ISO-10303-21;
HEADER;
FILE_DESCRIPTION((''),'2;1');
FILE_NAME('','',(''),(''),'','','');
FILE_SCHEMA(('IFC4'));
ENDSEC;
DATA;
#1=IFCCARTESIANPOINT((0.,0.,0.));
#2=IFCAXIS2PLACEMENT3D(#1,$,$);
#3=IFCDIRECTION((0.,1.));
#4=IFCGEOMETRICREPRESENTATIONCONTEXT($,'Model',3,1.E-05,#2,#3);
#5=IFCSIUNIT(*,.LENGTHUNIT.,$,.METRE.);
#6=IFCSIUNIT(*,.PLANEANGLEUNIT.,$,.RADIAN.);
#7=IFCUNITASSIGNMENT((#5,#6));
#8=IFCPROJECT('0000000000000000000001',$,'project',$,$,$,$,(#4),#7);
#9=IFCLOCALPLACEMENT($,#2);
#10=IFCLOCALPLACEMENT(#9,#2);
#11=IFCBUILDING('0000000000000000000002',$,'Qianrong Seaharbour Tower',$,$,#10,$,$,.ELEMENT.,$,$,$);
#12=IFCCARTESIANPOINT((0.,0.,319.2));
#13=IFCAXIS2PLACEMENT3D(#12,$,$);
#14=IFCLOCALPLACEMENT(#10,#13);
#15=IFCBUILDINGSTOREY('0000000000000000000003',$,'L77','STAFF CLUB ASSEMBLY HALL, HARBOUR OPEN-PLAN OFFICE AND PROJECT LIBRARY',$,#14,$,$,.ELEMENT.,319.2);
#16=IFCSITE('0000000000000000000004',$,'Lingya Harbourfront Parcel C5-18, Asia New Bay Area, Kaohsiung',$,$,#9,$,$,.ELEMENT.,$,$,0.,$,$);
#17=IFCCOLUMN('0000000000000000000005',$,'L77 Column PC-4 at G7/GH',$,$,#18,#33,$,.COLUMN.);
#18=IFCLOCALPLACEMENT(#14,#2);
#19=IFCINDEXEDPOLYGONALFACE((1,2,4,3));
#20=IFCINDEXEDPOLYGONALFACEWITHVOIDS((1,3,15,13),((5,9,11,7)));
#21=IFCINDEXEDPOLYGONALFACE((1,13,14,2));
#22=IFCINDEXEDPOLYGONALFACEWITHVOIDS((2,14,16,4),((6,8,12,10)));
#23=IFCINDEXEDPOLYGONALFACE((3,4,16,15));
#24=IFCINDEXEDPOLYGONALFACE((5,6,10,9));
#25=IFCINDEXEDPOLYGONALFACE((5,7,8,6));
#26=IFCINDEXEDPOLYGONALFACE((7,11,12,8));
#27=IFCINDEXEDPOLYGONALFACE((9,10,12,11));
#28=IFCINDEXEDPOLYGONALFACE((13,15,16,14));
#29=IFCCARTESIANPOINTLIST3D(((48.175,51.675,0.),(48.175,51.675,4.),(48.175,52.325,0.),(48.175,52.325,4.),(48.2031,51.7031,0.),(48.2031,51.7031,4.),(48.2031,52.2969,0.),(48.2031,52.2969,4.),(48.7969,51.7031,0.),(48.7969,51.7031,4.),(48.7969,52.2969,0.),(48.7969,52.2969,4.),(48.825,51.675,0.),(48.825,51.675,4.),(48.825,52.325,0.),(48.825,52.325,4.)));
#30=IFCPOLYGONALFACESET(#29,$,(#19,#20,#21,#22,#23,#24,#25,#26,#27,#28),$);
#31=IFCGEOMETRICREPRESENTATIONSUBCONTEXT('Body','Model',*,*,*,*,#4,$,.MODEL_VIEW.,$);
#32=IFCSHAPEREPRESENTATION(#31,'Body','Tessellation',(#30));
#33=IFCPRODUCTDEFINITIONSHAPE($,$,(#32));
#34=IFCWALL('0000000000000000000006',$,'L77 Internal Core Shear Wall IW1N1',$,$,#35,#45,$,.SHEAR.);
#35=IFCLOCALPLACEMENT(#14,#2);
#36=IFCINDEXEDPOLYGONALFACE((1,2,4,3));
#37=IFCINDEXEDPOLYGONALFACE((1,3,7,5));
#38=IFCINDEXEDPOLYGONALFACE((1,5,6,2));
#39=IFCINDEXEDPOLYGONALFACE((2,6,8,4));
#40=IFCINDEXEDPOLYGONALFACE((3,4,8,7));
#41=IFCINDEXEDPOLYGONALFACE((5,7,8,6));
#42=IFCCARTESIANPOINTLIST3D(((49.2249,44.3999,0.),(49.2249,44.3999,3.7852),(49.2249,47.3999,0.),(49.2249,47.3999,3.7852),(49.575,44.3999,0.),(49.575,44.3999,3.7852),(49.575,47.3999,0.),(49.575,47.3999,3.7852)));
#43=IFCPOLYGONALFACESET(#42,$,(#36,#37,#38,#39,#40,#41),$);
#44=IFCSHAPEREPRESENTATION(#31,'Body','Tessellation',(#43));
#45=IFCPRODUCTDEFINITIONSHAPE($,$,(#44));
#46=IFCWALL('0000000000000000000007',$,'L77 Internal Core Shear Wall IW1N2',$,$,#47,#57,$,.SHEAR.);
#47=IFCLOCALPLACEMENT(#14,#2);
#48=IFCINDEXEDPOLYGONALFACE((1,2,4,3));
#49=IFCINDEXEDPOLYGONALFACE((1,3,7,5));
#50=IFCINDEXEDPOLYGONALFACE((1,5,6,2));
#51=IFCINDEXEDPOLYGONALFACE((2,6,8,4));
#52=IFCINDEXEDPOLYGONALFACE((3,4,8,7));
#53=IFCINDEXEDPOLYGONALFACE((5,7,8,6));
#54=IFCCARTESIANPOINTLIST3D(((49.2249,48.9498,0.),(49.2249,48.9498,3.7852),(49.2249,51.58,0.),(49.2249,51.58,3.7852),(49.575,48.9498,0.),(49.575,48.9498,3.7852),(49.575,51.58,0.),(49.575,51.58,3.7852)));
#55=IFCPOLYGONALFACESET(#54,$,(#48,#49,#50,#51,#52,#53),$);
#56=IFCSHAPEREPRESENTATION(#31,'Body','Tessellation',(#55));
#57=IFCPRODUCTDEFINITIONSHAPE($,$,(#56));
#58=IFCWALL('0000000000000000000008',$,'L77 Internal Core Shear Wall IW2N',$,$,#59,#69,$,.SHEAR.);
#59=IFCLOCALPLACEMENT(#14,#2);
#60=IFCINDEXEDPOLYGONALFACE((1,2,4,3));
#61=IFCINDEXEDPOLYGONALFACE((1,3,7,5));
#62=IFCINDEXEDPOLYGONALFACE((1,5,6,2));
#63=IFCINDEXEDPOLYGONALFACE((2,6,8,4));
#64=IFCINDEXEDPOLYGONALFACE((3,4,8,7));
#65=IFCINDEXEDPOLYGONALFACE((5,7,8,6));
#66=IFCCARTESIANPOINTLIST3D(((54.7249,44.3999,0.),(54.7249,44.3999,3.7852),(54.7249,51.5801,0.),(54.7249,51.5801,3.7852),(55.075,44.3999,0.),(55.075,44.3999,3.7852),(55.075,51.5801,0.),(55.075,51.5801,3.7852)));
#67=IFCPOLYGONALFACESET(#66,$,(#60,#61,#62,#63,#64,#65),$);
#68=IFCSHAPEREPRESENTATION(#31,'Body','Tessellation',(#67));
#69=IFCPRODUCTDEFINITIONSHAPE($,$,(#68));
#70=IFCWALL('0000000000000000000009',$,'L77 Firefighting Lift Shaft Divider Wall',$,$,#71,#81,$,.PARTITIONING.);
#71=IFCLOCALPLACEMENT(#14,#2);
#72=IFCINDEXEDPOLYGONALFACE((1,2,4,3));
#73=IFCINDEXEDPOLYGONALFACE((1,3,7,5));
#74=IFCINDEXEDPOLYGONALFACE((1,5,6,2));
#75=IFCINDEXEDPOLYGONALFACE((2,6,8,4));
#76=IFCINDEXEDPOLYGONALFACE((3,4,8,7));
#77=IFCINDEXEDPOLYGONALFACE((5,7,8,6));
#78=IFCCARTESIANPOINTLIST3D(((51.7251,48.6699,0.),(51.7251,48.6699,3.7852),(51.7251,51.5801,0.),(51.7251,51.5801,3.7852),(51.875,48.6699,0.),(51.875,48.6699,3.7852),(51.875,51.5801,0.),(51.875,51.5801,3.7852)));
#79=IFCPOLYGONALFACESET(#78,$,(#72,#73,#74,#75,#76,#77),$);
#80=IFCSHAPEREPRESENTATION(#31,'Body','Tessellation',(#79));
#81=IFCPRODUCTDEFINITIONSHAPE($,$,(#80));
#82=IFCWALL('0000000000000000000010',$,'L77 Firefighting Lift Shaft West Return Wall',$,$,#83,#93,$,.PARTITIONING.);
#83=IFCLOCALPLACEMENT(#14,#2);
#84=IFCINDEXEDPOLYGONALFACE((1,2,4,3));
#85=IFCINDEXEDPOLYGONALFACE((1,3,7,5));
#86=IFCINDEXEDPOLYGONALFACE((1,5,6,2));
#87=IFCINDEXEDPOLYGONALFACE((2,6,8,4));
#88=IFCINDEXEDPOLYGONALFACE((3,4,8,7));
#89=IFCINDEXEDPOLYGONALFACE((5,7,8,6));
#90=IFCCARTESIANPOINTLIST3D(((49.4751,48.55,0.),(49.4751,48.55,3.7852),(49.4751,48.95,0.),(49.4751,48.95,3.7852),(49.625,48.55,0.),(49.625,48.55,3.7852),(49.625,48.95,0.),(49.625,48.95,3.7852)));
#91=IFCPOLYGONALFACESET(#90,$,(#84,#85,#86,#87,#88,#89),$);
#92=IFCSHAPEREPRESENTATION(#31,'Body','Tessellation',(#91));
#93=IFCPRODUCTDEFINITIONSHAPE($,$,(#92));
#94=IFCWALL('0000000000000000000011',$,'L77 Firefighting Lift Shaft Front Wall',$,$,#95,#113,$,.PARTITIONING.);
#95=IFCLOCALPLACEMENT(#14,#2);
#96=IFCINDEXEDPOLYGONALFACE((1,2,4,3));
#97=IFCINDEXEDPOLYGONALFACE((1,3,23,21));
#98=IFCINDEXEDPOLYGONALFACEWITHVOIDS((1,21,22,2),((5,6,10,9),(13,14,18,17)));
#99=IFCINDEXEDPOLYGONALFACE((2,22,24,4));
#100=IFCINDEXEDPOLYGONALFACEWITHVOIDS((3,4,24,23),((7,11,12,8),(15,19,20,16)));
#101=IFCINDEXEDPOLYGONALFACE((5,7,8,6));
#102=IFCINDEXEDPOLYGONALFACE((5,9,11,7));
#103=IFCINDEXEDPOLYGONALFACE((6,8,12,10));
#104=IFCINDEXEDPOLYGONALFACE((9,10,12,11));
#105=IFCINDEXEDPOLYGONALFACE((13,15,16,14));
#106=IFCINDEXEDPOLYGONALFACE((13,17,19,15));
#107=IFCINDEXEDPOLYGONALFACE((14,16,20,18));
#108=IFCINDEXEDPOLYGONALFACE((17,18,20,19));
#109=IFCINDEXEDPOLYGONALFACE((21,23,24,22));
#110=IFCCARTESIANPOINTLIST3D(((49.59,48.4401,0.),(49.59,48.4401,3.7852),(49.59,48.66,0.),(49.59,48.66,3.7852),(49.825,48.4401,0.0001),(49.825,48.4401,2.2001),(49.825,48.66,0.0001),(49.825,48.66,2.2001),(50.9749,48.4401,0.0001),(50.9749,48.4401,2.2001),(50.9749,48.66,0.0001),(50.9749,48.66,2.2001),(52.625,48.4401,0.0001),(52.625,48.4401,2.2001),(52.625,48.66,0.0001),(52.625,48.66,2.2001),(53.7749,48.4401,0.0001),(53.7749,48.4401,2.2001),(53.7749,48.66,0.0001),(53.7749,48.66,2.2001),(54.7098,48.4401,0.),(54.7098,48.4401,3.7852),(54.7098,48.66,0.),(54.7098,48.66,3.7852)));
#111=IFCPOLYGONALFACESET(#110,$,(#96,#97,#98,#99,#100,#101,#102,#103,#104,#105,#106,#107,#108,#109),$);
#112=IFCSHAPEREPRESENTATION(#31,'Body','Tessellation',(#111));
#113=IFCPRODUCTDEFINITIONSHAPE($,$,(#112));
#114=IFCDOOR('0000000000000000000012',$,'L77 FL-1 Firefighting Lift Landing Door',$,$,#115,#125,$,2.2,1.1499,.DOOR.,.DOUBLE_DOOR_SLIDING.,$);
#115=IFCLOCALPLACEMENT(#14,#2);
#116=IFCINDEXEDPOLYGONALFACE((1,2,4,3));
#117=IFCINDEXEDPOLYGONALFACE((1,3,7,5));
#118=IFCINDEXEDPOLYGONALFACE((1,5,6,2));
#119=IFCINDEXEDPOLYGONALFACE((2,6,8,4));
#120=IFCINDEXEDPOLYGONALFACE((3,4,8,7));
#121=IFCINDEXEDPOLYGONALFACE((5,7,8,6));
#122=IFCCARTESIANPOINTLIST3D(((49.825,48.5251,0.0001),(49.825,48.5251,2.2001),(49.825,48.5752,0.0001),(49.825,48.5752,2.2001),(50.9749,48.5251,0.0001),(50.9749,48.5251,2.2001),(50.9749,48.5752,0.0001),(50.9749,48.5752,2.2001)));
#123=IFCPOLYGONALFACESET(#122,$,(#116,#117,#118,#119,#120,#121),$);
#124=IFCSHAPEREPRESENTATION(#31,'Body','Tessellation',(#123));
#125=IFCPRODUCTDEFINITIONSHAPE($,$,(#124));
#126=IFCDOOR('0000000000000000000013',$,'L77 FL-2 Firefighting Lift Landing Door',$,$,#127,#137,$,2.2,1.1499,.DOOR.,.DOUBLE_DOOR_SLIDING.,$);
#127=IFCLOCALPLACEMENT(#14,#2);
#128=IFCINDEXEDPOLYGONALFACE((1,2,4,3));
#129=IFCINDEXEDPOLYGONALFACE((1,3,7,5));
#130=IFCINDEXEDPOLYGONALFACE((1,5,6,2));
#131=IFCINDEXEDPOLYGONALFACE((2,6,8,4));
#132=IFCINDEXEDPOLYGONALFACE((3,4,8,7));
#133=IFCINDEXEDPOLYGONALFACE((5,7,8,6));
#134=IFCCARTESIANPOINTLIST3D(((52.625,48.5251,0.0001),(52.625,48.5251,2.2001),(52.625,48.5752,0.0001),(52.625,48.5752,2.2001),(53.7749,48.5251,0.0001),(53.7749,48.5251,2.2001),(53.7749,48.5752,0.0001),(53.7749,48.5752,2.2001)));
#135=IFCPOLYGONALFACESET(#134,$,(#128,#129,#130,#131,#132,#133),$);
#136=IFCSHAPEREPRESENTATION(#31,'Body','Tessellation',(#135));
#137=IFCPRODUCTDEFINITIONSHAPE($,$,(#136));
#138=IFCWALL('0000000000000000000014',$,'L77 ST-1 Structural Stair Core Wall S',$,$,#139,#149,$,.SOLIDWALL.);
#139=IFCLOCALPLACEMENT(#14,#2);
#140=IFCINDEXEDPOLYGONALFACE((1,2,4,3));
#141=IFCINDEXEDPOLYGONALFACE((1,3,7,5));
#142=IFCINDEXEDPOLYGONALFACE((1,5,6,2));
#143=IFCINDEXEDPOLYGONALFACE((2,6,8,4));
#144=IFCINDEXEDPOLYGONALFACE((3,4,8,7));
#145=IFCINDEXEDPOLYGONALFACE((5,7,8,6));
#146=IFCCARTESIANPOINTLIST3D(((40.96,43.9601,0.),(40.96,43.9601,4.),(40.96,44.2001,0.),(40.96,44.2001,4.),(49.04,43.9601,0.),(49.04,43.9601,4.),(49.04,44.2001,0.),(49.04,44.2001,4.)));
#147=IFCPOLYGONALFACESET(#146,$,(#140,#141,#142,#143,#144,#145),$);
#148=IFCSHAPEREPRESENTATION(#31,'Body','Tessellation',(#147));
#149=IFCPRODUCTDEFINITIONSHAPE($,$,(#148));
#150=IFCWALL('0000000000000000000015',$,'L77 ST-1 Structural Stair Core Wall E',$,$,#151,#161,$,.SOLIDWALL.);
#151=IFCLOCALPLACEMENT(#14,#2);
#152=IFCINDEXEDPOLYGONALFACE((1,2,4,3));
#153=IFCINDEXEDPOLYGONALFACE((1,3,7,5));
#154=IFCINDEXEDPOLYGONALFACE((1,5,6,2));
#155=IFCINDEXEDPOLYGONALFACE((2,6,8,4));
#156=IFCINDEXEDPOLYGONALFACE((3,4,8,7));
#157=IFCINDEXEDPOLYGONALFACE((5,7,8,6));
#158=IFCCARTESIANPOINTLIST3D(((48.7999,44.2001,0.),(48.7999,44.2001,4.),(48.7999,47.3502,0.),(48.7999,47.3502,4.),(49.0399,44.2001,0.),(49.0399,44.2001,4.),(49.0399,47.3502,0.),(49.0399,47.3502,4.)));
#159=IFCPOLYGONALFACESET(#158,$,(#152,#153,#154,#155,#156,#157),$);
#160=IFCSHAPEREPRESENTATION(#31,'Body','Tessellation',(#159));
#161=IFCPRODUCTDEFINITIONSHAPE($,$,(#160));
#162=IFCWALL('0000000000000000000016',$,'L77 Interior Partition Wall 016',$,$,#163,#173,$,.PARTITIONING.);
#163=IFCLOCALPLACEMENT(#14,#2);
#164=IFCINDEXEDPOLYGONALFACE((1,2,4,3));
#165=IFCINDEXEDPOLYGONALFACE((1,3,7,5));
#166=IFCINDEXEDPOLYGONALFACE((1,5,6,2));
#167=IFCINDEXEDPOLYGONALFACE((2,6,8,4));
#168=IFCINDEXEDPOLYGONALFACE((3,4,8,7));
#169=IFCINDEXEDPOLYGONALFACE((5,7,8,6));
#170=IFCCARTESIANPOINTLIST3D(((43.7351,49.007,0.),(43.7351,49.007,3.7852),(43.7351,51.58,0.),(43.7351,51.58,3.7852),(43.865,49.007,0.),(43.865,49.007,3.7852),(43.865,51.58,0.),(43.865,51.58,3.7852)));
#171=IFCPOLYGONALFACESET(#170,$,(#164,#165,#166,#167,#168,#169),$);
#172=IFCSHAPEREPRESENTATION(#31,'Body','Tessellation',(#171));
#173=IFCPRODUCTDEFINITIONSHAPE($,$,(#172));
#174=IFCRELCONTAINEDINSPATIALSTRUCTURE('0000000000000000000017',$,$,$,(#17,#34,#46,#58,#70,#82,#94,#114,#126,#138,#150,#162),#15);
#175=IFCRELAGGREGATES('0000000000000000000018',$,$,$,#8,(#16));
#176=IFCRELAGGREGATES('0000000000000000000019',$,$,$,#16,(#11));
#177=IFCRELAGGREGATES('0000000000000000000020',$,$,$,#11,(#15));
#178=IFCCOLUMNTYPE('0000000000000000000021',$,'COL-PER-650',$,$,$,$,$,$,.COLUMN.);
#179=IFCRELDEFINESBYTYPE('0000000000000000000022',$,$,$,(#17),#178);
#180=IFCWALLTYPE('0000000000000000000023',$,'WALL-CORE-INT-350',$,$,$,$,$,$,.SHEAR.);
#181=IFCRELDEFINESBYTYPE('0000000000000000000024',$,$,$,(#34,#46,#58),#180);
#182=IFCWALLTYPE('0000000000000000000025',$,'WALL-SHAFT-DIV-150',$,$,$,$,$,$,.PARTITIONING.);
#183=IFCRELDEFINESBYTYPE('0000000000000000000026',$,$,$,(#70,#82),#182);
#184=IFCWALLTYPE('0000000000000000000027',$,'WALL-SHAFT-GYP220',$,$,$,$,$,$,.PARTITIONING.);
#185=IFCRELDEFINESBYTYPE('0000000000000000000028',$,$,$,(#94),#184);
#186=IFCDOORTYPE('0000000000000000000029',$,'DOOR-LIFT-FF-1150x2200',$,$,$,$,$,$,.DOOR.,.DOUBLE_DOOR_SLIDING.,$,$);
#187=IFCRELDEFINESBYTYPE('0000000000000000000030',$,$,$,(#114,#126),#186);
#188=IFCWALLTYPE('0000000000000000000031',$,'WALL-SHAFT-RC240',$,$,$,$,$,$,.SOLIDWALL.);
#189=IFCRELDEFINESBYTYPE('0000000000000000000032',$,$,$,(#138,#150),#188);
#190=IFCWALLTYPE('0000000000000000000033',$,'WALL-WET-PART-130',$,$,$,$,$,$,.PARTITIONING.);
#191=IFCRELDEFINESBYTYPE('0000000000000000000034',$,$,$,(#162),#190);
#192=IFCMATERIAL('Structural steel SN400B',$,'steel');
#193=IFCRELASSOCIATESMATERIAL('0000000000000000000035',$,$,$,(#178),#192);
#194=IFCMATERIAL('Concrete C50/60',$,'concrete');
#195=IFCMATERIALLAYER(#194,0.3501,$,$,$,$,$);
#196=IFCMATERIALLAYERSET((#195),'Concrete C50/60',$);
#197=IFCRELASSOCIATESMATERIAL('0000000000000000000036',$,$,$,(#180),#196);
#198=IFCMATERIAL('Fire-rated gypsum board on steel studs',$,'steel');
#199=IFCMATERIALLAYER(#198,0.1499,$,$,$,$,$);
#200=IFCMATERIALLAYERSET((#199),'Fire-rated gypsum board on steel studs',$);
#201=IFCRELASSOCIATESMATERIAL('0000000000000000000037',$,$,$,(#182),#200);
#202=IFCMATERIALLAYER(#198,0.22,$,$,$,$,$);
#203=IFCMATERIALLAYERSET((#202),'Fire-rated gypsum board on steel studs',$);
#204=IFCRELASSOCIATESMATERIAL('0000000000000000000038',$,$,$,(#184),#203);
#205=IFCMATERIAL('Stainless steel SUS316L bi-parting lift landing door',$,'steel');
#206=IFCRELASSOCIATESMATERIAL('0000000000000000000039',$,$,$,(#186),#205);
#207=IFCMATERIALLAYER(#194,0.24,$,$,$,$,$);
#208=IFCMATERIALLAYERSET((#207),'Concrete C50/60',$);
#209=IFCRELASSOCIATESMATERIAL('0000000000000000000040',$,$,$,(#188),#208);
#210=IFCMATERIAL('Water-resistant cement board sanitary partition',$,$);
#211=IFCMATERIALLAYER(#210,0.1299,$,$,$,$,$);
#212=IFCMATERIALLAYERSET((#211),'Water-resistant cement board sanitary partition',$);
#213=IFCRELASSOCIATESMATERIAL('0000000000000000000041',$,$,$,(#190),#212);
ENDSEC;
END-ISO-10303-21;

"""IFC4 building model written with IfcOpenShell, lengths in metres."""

from ifc_helpers import new_model, si_unit, direction, frame, frame_2d, origin, origin_2d, place, context, subcontext, project, spatial, rectangle, hollow_rectangle, extrude, material, layer, layer_set, material_profile, profile_set, type_object, element, fill, save


model = new_model("IFC4")

# Units and contexts
model_context = context("Model", 3, precision=1e-05, world=origin(), true_north=direction((0.0, 1.0)))
body_context = subcontext(model_context, "Body", "Model", "MODEL_VIEW")
ifc_project = project(units=[si_unit("LENGTHUNIT", "METRE"), si_unit("PLANEANGLEUNIT", "RADIAN")], contexts=[model_context])

# Site, building, storey
site_placement = place(None, origin())
site = spatial("IfcSite", under=ifc_project, at=site_placement, Name="Lingya Harbourfront Parcel C5-18, Asia New Bay Area, Kaohsiung", CompositionType="ELEMENT", RefElevation=0.0)
building_placement = place(site_placement, origin())
building = spatial("IfcBuilding", under=site, at=building_placement, Name="Qianrong Seaharbour Tower", CompositionType="ELEMENT")
storey_placement = place(building_placement, frame((0.0, 0.0, 319.2)))
storey = spatial("IfcBuildingStorey", under=building, at=storey_placement, Name="L77", Description="STAFF CLUB ASSEMBLY HALL, HARBOUR OPEN-PLAN OFFICE AND PROJECT LIBRARY", CompositionType="ELEMENT", Elevation=319.2)

# Column
ifc_material_1 = material(Name="Structural steel SN400B", Category="steel")
ifc_material_profile = material_profile(ifc_material_1, hollow_rectangle(XDim=0.6499, YDim=0.6499, WallThickness=0.0281, at=origin_2d()), Name="BOX650x650x28")
ifc_profile_set = profile_set([ifc_material_profile], Name="Structural steel SN400B")
column_type = type_object("IfcColumnType", Name="COL-PER-650", PredefinedType="COLUMN", material=ifc_profile_set)
column_placement = place(storey_placement, frame((48.5, 52.0, 0.0), z_axis=(0.0, 0.0, 1.0), x_axis=(1.0, 0.0, 0.0)))
element("IfcColumn", 1, at=column_placement, inside=storey, type_object=column_type, Name="L77 Column PC-4 at G7/GH", PredefinedType="COLUMN", context=body_context, shape_type="SweptSolid", body=[
    extrude(hollow_rectangle(XDim=0.6499, YDim=0.6499, WallThickness=0.0281, at=origin_2d()), origin(), (0.0, 0.0, 1.0), 4.0),
])

# Walls
ifc_material_2 = material(Name="Concrete C50/60", Category="concrete")
ifc_layer_1 = layer(ifc_material_2, 0.3501)
ifc_layer_set_1 = layer_set([ifc_layer_1], Name="Concrete C50/60")
wall_type_1 = type_object("IfcWallType", Name="WALL-CORE-INT-350", PredefinedType="SHEAR", material=ifc_layer_set_1)
wall_1_placement = place(storey_placement, frame((49.3999, 44.3999, 0.0), z_axis=(0.0, 0.0, 1.0), x_axis=(0.0, 1.0, 0.0)))
element("IfcWall", 2, at=wall_1_placement, inside=storey, type_object=wall_type_1, Name="L77 Internal Core Shear Wall IW1N1", PredefinedType="SHEAR", context=body_context, shape_type="SweptSolid", body=[
    extrude(rectangle(XDim=3.0, YDim=0.3501, at=frame_2d((1.5, 0.0))), origin(), (0.0, 0.0, 1.0), 3.7852),
])
wall_2_placement = place(storey_placement, frame((49.3999, 48.95, 0.0), z_axis=(0.0, 0.0, 1.0), x_axis=(0.0, 1.0, 0.0)))
element("IfcWall", 3, at=wall_2_placement, inside=storey, type_object=wall_type_1, Name="L77 Internal Core Shear Wall IW1N2", PredefinedType="SHEAR", context=body_context, shape_type="SweptSolid", body=[
    extrude(rectangle(XDim=2.6301, YDim=0.3501, at=frame_2d((1.3149, 0.0))), origin(), (0.0, 0.0, 1.0), 3.7852),
])
wall_3_placement = place(storey_placement, frame((54.8999, 44.3999, 0.0), z_axis=(0.0, 0.0, 1.0), x_axis=(0.0, 1.0, 0.0)))
element("IfcWall", 4, at=wall_3_placement, inside=storey, type_object=wall_type_1, Name="L77 Internal Core Shear Wall IW2N", PredefinedType="SHEAR", context=body_context, shape_type="SweptSolid", body=[
    extrude(rectangle(XDim=7.1802, YDim=0.3501, at=frame_2d((3.5901, 0.0))), origin(), (0.0, 0.0, 1.0), 3.7852),
])

# Walls
ifc_material_3 = material(Name="Fire-rated gypsum board on steel studs", Category="steel")
ifc_layer_2 = layer(ifc_material_3, 0.1499)
ifc_layer_set_2 = layer_set([ifc_layer_2], Name="Fire-rated gypsum board on steel studs")
wall_type_2 = type_object("IfcWallType", Name="WALL-SHAFT-DIV-150", PredefinedType="PARTITIONING", material=ifc_layer_set_2)
wall_4_placement = place(storey_placement, frame((51.8, 48.6699, 0.0), z_axis=(0.0, 0.0, 1.0), x_axis=(0.0, 1.0, 0.0)))
element("IfcWall", 5, at=wall_4_placement, inside=storey, type_object=wall_type_2, Name="L77 Firefighting Lift Shaft Divider Wall", PredefinedType="PARTITIONING", context=body_context, shape_type="SweptSolid", body=[
    extrude(rectangle(XDim=2.9102, YDim=0.1499, at=frame_2d((1.4551, 0.0))), origin(), (0.0, 0.0, 1.0), 3.7852),
])
wall_5_placement = place(storey_placement, frame((49.55, 48.55, 0.0), z_axis=(0.0, 0.0, 1.0), x_axis=(0.0, 1.0, 0.0)))
element("IfcWall", 6, at=wall_5_placement, inside=storey, type_object=wall_type_2, Name="L77 Firefighting Lift Shaft West Return Wall", PredefinedType="PARTITIONING", context=body_context, shape_type="SweptSolid", body=[
    extrude(rectangle(XDim=0.3999, YDim=0.1499, at=frame_2d((0.2, 0.0))), origin(), (0.0, 0.0, 1.0), 3.7852),
])

# Wall, openings, doors
ifc_layer_3 = layer(ifc_material_3, 0.22)
ifc_layer_set_3 = layer_set([ifc_layer_3], Name="Fire-rated gypsum board on steel studs")
wall_type_3 = type_object("IfcWallType", Name="WALL-SHAFT-GYP220", PredefinedType="PARTITIONING", material=ifc_layer_set_3)
wall_6_placement = place(storey_placement, frame((54.71, 48.55, 0.0), z_axis=(0.0, 0.0, 1.0), x_axis=(-1.0, 0.0, 0.0)))
wall_6 = element("IfcWall", 7, at=wall_6_placement, inside=storey, type_object=wall_type_3, Name="L77 Firefighting Lift Shaft Front Wall", PredefinedType="PARTITIONING", context=body_context, shape_type="SweptSolid", body=[
    extrude(rectangle(XDim=5.1199, YDim=0.22, at=frame_2d((2.5601, 0.0))), origin(), (0.0, 0.0, 1.0), 3.7852),
])
opening_1_placement = place(wall_6_placement, frame((3.7351, 0.0, 0.0)))
opening_1 = element("IfcOpeningElement", 8, at=opening_1_placement, cuts=wall_6, PredefinedType="OPENING", context=body_context, shape_type="SweptSolid", body=[
    extrude(rectangle(XDim=1.1499, YDim=2.2, at=frame_2d((0.575, 1.1001))), frame((0.0, 0.1201, 0.0), z_axis=(0.0, -1.0, 0.0), x_axis=(1.0, 0.0, 0.0)), (0.0, 0.0, 1.0), 0.24),
])
opening_2_placement = place(wall_6_placement, frame((0.9351, 0.0, 0.0)))
opening_2 = element("IfcOpeningElement", 9, at=opening_2_placement, cuts=wall_6, PredefinedType="OPENING", context=body_context, shape_type="SweptSolid", body=[
    extrude(rectangle(XDim=1.1499, YDim=2.2, at=frame_2d((0.575, 1.1001))), frame((0.0, 0.1201, 0.0), z_axis=(0.0, -1.0, 0.0), x_axis=(1.0, 0.0, 0.0)), (0.0, 0.0, 1.0), 0.24),
])
ifc_material_4 = material(Name="Stainless steel SUS316L bi-parting lift landing door", Category="steel")
door_type_1 = type_object("IfcDoorType", Name="DOOR-LIFT-FF-1150x2200", OperationType="DOUBLE_DOOR_SLIDING", PredefinedType="DOOR", material=ifc_material_4)
door_1_placement = place(opening_1_placement, origin())
door_1 = element("IfcDoor", 10, at=door_1_placement, inside=storey, type_object=door_type_1, Name="L77 FL-1 Firefighting Lift Landing Door", OperationType="DOUBLE_DOOR_SLIDING", OverallHeight=2.2, OverallWidth=1.1499, PredefinedType="DOOR", context=body_context, shape_type="SweptSolid", body=[
    extrude(rectangle(XDim=1.1499, YDim=2.2, at=frame_2d((0.575, 1.1001))), frame((0.0, 0.0249, 0.0), z_axis=(0.0, -1.0, 0.0), x_axis=(1.0, 0.0, 0.0)), (0.0, 0.0, 1.0), 0.05),
])
fill(opening_1, door_1)
door_2_placement = place(opening_2_placement, origin())
door_2 = element("IfcDoor", 11, at=door_2_placement, inside=storey, type_object=door_type_1, Name="L77 FL-2 Firefighting Lift Landing Door", OperationType="DOUBLE_DOOR_SLIDING", OverallHeight=2.2, OverallWidth=1.1499, PredefinedType="DOOR", context=body_context, shape_type="SweptSolid", body=[
    extrude(rectangle(XDim=1.1499, YDim=2.2, at=frame_2d((0.575, 1.1001))), frame((0.0, 0.0249, 0.0), z_axis=(0.0, -1.0, 0.0), x_axis=(1.0, 0.0, 0.0)), (0.0, 0.0, 1.0), 0.05),
])
fill(opening_2, door_2)

# Walls
ifc_layer_4 = layer(ifc_material_2, 0.24)
ifc_layer_set_4 = layer_set([ifc_layer_4], Name="Concrete C50/60")
wall_type_4 = type_object("IfcWallType", Name="WALL-SHAFT-RC240", PredefinedType="SOLIDWALL", material=ifc_layer_set_4)
wall_7_placement = place(storey_placement, frame((49.04, 44.0801, 0.0), z_axis=(0.0, 0.0, 1.0), x_axis=(-1.0, 0.0, 0.0)))
element("IfcWall", 12, at=wall_7_placement, inside=storey, type_object=wall_type_4, Name="L77 ST-1 Structural Stair Core Wall S", PredefinedType="SOLIDWALL", context=body_context, shape_type="SweptSolid", body=[
    extrude(rectangle(XDim=8.0801, YDim=0.24, at=frame_2d((4.04, 0.0))), origin(), (0.0, 0.0, 1.0), 4.0),
])
wall_8_placement = place(storey_placement, frame((48.9199, 44.2, 0.0), z_axis=(0.0, 0.0, 1.0), x_axis=(0.0, 1.0, 0.0)))
element("IfcWall", 13, at=wall_8_placement, inside=storey, type_object=wall_type_4, Name="L77 ST-1 Structural Stair Core Wall E", PredefinedType="SOLIDWALL", context=body_context, shape_type="SweptSolid", body=[
    extrude(rectangle(XDim=3.1501, YDim=0.24, at=frame_2d((1.5752, 0.0))), origin(), (0.0, 0.0, 1.0), 4.0),
])

# Shared definitions
ifc_material_5 = material(Name="Water-resistant cement board sanitary partition")
ifc_layer_5 = layer(ifc_material_5, 0.1299)
ifc_layer_set_5 = layer_set([ifc_layer_5], Name="Water-resistant cement board sanitary partition")
wall_type_5 = type_object("IfcWallType", Name="WALL-WET-PART-130", PredefinedType="PARTITIONING", material=ifc_layer_set_5)

# Wall
wall_9_placement = place(storey_placement, frame((43.8, 51.5801, 0.0), z_axis=(0.0, 0.0, 1.0), x_axis=(0.0, -1.0, 0.0)))
element("IfcWall", 14, at=wall_9_placement, inside=storey, type_object=wall_type_5, Name="L77 Interior Partition Wall 016", PredefinedType="PARTITIONING", context=body_context, shape_type="SweptSolid", body=[
    extrude(rectangle(XDim=2.573, YDim=0.1299, at=frame_2d((1.2866, 0.0))), origin(), (0.0, 0.0, 1.0), 3.7852),
])

save(model, "model.ifc")
